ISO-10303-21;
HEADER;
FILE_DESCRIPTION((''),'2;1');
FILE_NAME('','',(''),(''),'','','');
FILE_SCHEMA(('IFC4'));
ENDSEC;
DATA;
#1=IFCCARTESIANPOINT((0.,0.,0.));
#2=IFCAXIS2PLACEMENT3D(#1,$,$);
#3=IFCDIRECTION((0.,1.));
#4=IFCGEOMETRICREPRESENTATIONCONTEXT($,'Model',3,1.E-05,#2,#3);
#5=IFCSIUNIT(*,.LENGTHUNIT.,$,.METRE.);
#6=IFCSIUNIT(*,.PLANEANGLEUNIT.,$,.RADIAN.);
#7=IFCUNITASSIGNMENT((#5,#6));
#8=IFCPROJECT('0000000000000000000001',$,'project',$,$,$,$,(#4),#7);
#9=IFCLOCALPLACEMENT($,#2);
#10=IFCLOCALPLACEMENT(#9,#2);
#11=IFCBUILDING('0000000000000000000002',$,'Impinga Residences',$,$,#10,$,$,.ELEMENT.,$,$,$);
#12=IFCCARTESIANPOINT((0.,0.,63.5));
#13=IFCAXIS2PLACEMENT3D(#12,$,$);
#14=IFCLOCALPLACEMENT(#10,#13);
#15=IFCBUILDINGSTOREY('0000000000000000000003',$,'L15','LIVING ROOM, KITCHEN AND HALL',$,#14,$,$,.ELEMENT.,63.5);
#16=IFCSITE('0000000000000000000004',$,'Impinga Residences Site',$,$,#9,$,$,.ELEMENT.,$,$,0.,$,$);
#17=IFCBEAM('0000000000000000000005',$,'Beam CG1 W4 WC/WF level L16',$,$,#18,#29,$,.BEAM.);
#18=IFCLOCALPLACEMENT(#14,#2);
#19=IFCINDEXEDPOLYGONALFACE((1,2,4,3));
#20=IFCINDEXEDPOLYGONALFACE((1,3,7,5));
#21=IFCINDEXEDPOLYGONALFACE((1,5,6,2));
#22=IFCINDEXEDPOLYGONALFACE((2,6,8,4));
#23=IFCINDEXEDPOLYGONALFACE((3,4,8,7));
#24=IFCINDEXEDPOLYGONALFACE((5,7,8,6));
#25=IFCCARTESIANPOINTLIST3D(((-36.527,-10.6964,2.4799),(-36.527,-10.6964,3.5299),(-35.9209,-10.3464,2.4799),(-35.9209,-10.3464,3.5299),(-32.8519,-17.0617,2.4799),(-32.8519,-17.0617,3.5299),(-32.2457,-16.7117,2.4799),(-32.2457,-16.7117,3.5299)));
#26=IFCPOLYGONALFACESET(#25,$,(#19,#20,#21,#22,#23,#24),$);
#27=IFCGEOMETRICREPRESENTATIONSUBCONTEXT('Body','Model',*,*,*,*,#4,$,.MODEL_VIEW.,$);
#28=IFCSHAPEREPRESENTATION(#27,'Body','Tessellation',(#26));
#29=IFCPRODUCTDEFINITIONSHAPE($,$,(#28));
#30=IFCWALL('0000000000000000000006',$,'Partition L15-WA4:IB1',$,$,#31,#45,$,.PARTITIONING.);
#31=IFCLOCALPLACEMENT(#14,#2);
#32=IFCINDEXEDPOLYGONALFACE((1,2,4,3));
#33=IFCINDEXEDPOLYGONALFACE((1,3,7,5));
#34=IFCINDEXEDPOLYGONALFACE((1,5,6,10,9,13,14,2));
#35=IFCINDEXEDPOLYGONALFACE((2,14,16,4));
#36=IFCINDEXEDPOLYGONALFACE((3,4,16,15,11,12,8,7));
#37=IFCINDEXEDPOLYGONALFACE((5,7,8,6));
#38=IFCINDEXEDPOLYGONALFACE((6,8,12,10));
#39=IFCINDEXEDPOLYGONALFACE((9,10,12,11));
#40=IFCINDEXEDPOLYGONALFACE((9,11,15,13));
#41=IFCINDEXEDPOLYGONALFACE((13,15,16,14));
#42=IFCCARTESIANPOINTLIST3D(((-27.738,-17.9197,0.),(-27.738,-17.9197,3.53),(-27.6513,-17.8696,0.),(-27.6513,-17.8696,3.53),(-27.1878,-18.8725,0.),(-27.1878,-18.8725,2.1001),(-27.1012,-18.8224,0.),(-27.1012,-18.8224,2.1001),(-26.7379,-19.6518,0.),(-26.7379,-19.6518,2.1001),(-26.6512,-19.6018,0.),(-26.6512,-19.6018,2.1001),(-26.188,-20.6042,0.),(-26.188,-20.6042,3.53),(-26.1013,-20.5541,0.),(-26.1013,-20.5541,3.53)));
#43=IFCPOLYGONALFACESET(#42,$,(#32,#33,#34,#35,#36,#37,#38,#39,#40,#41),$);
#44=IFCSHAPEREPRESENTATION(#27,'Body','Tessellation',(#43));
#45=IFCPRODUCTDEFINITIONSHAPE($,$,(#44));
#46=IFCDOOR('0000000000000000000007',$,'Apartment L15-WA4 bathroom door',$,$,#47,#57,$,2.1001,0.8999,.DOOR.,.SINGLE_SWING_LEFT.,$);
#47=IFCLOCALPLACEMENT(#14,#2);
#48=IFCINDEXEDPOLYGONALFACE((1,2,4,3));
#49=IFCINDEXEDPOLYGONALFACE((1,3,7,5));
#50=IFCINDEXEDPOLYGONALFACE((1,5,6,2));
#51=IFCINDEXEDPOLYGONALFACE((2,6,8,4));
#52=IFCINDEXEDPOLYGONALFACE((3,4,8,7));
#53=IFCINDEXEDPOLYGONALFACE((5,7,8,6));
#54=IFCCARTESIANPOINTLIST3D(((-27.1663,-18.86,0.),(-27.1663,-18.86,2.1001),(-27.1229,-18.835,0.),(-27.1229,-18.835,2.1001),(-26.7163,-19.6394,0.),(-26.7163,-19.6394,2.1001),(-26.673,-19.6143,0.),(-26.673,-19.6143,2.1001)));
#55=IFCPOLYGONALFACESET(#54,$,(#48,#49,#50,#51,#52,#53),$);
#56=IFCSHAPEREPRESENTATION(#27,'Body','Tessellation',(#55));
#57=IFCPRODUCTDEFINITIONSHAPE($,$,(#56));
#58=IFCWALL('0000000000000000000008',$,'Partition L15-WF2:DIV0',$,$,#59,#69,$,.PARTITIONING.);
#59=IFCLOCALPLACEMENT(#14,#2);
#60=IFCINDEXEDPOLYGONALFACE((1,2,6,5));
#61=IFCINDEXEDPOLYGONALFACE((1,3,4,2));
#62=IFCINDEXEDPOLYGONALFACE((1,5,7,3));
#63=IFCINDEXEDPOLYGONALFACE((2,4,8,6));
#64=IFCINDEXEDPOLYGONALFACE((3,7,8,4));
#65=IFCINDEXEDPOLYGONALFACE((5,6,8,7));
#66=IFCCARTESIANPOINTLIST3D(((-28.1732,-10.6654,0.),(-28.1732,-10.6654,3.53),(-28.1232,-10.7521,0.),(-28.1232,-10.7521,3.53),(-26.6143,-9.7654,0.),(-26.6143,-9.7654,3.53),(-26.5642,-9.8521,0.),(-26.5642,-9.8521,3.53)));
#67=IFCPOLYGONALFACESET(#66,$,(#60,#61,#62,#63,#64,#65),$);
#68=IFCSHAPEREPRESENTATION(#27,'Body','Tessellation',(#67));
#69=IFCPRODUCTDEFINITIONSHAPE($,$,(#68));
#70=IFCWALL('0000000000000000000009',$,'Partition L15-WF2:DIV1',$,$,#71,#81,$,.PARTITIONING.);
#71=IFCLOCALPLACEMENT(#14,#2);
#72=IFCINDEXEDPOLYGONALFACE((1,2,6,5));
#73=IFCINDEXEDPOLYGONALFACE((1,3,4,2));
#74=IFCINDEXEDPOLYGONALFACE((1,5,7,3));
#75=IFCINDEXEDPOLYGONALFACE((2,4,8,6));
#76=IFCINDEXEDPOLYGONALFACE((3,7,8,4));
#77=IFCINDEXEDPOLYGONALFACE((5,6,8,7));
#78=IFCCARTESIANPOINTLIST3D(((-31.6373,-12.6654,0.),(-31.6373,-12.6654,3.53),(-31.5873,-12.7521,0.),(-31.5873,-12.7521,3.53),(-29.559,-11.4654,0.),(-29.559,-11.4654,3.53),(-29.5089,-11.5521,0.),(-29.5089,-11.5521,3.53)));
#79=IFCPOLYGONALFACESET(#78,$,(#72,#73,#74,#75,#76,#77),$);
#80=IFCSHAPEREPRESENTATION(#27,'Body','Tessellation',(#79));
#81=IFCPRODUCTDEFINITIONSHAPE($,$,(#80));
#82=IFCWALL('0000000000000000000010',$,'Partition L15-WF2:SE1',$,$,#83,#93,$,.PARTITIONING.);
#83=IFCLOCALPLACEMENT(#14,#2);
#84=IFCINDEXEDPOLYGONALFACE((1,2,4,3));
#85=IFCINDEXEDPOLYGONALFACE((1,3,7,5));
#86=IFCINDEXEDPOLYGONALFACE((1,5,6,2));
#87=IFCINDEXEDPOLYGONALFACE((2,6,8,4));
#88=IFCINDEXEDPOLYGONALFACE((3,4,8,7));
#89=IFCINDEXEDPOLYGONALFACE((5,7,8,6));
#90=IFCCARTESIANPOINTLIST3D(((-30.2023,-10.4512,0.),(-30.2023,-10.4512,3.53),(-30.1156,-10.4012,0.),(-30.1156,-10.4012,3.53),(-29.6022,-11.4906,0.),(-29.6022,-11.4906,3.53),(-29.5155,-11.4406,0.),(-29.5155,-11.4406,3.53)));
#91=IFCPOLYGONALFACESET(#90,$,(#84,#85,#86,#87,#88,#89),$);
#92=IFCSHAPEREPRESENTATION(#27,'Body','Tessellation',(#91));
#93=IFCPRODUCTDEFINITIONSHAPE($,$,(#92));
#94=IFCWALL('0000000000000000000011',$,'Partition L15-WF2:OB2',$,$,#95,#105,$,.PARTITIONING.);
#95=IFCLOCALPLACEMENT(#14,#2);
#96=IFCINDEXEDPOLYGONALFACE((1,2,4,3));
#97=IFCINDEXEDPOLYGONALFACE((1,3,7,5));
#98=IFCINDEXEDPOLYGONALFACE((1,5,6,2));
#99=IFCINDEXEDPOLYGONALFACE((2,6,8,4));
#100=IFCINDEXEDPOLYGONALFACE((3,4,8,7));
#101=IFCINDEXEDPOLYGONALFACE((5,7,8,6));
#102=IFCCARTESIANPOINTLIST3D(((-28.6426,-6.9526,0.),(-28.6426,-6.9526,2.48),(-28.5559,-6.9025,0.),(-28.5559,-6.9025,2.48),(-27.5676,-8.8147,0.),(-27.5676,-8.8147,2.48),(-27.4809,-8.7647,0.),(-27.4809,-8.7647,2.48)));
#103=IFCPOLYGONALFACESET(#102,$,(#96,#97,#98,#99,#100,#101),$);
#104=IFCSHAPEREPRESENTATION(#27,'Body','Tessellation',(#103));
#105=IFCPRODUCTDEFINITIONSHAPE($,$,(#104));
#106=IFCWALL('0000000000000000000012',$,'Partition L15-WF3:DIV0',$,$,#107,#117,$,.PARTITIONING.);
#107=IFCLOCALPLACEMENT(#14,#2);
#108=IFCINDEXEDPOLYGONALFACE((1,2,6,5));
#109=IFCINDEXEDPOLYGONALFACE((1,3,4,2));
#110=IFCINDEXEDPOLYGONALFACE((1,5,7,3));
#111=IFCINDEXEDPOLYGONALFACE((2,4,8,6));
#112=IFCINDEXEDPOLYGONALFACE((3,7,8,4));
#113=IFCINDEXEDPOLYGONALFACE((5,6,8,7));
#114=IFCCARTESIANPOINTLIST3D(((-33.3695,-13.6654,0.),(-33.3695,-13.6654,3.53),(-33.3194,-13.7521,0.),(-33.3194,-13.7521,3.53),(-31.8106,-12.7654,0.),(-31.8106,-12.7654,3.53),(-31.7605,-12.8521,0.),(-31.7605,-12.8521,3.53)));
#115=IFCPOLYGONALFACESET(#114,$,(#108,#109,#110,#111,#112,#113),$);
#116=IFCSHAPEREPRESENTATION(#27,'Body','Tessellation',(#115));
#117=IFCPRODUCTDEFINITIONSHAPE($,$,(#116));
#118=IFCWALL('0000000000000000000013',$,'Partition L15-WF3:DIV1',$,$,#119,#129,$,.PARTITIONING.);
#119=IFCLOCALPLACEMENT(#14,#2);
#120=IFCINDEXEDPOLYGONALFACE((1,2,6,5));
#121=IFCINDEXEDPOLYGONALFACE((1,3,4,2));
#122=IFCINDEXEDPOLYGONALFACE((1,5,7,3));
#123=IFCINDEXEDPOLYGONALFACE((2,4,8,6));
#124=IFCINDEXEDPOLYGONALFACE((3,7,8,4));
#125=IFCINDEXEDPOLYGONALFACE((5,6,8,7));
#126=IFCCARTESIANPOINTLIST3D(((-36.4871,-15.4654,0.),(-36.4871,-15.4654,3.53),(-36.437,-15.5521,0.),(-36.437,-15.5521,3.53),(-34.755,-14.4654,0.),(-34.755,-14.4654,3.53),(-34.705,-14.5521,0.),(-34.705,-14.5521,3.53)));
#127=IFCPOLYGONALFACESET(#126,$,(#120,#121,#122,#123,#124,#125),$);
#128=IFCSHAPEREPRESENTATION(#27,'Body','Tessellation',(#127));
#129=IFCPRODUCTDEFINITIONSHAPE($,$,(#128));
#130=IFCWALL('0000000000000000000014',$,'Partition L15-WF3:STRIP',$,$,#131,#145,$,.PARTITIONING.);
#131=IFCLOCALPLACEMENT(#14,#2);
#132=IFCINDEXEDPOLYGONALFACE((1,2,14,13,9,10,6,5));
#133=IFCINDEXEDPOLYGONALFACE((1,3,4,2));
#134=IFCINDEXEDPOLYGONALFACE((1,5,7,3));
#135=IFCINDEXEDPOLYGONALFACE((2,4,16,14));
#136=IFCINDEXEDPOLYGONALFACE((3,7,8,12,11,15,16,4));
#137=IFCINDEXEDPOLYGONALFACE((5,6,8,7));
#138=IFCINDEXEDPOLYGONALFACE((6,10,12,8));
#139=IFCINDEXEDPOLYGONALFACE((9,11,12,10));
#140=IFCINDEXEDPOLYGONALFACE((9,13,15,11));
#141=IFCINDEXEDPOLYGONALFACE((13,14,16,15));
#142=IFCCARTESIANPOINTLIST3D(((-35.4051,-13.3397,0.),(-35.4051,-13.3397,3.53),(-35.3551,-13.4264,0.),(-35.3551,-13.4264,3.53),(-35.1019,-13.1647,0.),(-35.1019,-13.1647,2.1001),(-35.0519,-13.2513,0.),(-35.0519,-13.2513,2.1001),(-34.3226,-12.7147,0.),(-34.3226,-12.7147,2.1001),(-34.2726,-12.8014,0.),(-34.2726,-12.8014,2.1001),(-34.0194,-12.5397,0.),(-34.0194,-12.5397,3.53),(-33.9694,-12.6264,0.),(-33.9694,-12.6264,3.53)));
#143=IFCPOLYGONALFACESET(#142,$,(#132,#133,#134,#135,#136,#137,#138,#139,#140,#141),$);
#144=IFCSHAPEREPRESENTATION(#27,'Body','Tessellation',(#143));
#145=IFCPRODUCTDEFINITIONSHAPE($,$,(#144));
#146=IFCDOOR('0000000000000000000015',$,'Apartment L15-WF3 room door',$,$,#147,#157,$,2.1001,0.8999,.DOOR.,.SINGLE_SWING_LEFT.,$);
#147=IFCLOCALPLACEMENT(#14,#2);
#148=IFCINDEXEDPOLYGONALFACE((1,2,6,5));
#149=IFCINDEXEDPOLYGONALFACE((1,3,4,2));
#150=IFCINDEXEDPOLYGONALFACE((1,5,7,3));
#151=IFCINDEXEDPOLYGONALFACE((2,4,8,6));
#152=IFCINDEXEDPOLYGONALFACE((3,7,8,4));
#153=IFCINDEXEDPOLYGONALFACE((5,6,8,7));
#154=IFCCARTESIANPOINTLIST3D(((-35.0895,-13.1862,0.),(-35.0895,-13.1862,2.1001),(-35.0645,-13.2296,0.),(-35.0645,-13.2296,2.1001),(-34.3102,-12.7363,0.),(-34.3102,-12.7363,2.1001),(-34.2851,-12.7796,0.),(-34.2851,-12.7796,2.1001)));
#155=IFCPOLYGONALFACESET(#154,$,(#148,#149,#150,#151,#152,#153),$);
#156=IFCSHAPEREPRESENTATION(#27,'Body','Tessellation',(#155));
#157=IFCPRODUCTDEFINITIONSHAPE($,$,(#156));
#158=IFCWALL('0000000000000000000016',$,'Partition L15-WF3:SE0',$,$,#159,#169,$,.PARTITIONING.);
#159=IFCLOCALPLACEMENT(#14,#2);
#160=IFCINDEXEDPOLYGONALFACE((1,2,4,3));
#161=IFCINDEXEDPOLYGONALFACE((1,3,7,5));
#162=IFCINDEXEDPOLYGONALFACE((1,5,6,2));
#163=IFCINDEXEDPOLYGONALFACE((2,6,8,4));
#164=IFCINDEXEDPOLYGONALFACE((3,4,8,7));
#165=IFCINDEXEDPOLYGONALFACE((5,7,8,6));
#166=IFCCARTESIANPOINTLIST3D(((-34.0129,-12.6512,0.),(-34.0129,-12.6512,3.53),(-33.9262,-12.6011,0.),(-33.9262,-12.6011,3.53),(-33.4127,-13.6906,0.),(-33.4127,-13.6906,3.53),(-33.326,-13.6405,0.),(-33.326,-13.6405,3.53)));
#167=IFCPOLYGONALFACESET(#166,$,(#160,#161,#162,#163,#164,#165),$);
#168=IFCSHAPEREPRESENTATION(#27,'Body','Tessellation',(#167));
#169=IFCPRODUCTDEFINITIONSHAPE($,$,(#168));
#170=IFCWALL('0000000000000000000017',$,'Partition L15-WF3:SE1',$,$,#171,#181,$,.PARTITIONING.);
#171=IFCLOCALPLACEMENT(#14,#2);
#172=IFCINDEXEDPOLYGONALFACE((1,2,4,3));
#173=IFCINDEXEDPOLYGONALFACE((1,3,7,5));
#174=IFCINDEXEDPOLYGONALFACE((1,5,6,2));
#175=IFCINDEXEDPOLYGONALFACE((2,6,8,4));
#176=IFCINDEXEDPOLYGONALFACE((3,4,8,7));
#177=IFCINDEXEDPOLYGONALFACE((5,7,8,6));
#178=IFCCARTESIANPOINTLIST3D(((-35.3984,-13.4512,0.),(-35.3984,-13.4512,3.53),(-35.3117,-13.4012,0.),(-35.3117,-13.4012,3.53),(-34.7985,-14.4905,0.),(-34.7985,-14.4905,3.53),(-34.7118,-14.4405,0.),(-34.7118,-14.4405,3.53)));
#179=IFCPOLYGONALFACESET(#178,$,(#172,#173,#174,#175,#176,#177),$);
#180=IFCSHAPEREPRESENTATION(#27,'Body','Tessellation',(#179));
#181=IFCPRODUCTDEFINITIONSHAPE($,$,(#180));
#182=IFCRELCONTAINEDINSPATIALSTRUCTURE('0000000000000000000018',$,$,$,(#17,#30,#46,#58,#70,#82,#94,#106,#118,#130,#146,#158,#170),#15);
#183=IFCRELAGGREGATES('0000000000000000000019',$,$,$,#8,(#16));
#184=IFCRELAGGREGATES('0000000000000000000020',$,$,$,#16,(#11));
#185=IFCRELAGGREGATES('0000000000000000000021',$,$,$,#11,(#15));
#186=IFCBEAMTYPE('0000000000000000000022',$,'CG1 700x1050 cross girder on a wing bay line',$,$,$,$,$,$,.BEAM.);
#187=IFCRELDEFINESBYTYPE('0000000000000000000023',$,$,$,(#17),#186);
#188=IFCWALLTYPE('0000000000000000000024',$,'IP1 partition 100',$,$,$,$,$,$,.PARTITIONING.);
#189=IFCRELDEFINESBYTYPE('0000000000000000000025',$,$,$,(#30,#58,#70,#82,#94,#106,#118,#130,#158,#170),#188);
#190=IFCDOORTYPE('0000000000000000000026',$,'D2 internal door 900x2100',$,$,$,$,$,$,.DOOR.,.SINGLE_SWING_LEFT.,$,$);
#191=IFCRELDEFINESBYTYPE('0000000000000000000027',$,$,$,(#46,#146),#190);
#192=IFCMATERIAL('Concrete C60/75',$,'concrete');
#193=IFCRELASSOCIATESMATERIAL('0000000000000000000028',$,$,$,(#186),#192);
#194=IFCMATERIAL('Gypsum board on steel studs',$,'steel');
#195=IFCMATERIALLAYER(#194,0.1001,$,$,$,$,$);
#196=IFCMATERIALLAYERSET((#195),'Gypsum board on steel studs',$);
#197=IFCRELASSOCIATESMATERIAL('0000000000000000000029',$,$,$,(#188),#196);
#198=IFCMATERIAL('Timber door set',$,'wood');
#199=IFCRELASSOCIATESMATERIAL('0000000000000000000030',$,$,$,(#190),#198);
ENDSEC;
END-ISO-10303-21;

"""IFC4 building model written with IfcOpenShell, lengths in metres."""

from ifc_helpers import new_model, si_unit, direction, frame, frame_2d, origin, origin_2d, place, context, subcontext, project, spatial, rectangle, extrude, material, layer, layer_set, material_profile, profile_set, type_object, element, fill, save


model = new_model("IFC4")

# Units and contexts
model_context = context("Model", 3, precision=1e-05, world=origin(), true_north=direction((0.0, 1.0)))
body_context = subcontext(model_context, "Body", "Model", "MODEL_VIEW")
ifc_project = project(units=[si_unit("LENGTHUNIT", "METRE"), si_unit("PLANEANGLEUNIT", "RADIAN")], contexts=[model_context])

# Site, building, storey
site_placement = place(None, origin())
site = spatial("IfcSite", under=ifc_project, at=site_placement, Name="Impinga Residences Site", CompositionType="ELEMENT", RefElevation=0.0)
building_placement = place(site_placement, origin())
building = spatial("IfcBuilding", under=site, at=building_placement, Name="Impinga Residences", CompositionType="ELEMENT")
storey_placement = place(building_placement, frame((0.0, 0.0, 63.5)))
storey = spatial("IfcBuildingStorey", under=building, at=storey_placement, Name="L15", Description="LIVING ROOM, KITCHEN AND HALL", CompositionType="ELEMENT", Elevation=63.5)

# Beam
ifc_material_1 = material(Name="Concrete C60/75", Category="concrete")
ifc_material_profile = material_profile(ifc_material_1, rectangle(XDim=0.7, YDim=1.05, at=origin_2d()), Name="RC 700x1050")
ifc_profile_set = profile_set([ifc_material_profile], Name="Concrete C60/75")
beam_type = type_object("IfcBeamType", Name="CG1 700x1050 cross girder on a wing bay line", PredefinedType="BEAM", material=ifc_profile_set)
beam_placement = place(storey_placement, frame((-32.5488, -16.8867, 3.0049), z_axis=(-0.500008, 0.866021, 0.0), x_axis=(-0.866021, -0.500008, 0.0)))
element("IfcBeam", 1, at=beam_placement, inside=storey, type_object=beam_type, Name="Beam CG1 W4 WC/WF level L16", PredefinedType="BEAM", context=body_context, shape_type="SweptSolid", body=[
    extrude(rectangle(XDim=0.7, YDim=1.05, at=origin_2d()), origin(), (0.0, 0.0, 1.0), 7.3501),
])

# Wall, opening, door
ifc_material_2 = material(Name="Gypsum board on steel studs", Category="steel")
ifc_layer_1 = layer(ifc_material_2, 0.1001)
ifc_layer_set_1 = layer_set([ifc_layer_1], Name="Gypsum board on steel studs")
wall_type_1 = type_object("IfcWallType", Name="IP1 partition 100", PredefinedType="PARTITIONING", material=ifc_layer_set_1)
wall_1_placement = place(storey_placement, frame((-27.6946, -17.8948, 0.0), z_axis=(0.0, 0.0, 1.0), x_axis=(0.500027, -0.86601, 0.0)))
wall_1 = element("IfcWall", 2, at=wall_1_placement, inside=storey, type_object=wall_type_1, Name="Partition L15-WA4:IB1", PredefinedType="PARTITIONING", context=body_context, shape_type="SweptSolid", body=[
    extrude(rectangle(XDim=3.0999, YDim=0.1001, at=frame_2d((1.5498, 0.0))), origin(), (0.0, 0.0, 1.0), 3.53),
])
opening_1_placement = place(wall_1_placement, frame((1.1001, 0.0, 0.0)))
opening_1 = element("IfcOpeningElement", 3, at=opening_1_placement, cuts=wall_1, PredefinedType="OPENING", context=body_context, shape_type="SweptSolid", body=[
    extrude(rectangle(XDim=0.8999, YDim=2.1001, at=frame_2d((0.45, 1.05))), frame((0.0, 0.0601, 0.0), z_axis=(0.0, -1.0, 0.0), x_axis=(1.0, 0.0, 0.0)), (0.0, 0.0, 1.0), 0.1201),
])
ifc_material_3 = material(Name="Timber door set", Category="wood")
door_type = type_object("IfcDoorType", Name="D2 internal door 900x2100", OperationType="SINGLE_SWING_LEFT", PredefinedType="DOOR", material=ifc_material_3)
door_1_placement = place(opening_1_placement, origin())
door_1 = element("IfcDoor", 4, at=door_1_placement, inside=storey, type_object=door_type, Name="Apartment L15-WA4 bathroom door", OperationType="SINGLE_SWING_LEFT", OverallHeight=2.1001, OverallWidth=0.8999, PredefinedType="DOOR", context=body_context, shape_type="SweptSolid", body=[
    extrude(rectangle(XDim=0.8999, YDim=2.1001, at=frame_2d((0.45, 1.05))), frame((0.0, 0.0249, 0.0), z_axis=(0.0, -1.0, 0.0), x_axis=(1.0, 0.0, 0.0)), (0.0, 0.0, 1.0), 0.05),
])
fill(opening_1, door_1)

# Walls
wall_2_placement = place(storey_placement, frame((-26.5894, -9.8088, 0.0), z_axis=(0.0, 0.0, 1.0), x_axis=(-0.866048, -0.499961, 0.0)))
element("IfcWall", 5, at=wall_2_placement, inside=storey, type_object=wall_type_1, Name="Partition L15-WF2:DIV0", PredefinedType="PARTITIONING", context=body_context, shape_type="SweptSolid", body=[
    extrude(rectangle(XDim=1.8, YDim=0.1001, at=frame_2d((0.8999, 0.0))), origin(), (0.0, 0.0, 1.0), 3.53),
])
wall_3_placement = place(storey_placement, frame((-29.5339, -11.5088, 0.0), z_axis=(0.0, 0.0, 1.0), x_axis=(-0.866025, -0.500001, 0.0)))
element("IfcWall", 6, at=wall_3_placement, inside=storey, type_object=wall_type_1, Name="Partition L15-WF2:DIV1", PredefinedType="PARTITIONING", context=body_context, shape_type="SweptSolid", body=[
    extrude(rectangle(XDim=2.3999, YDim=0.1001, at=frame_2d((1.2, 0.0))), origin(), (0.0, 0.0, 1.0), 3.53),
])
wall_4_placement = place(storey_placement, frame((-29.5588, -11.4656, 0.0), z_axis=(0.0, 0.0, 1.0), x_axis=(-0.500034, 0.866006, 0.0)))
element("IfcWall", 7, at=wall_4_placement, inside=storey, type_object=wall_type_1, Name="Partition L15-WF2:SE1", PredefinedType="PARTITIONING", context=body_context, shape_type="SweptSolid", body=[
    extrude(rectangle(XDim=1.2002, YDim=0.1001, at=frame_2d((0.6001, 0.0))), origin(), (0.0, 0.0, 1.0), 3.53),
])
wall_5_placement = place(storey_placement, frame((-27.5242, -8.7898, 0.0), z_axis=(0.0, 0.0, 1.0), x_axis=(-0.499962, 0.866048, 0.0)))
element("IfcWall", 8, at=wall_5_placement, inside=storey, type_object=wall_type_1, Name="Partition L15-WF2:OB2", PredefinedType="PARTITIONING", context=body_context, shape_type="SweptSolid", body=[
    extrude(rectangle(XDim=2.1501, YDim=0.1001, at=frame_2d((1.0752, 0.0))), origin(), (0.0, 0.0, 1.0), 2.48),
])
wall_6_placement = place(storey_placement, frame((-31.7856, -12.8088, 0.0), z_axis=(0.0, 0.0, 1.0), x_axis=(-0.866048, -0.499961, 0.0)))
element("IfcWall", 9, at=wall_6_placement, inside=storey, type_object=wall_type_1, Name="Partition L15-WF3:DIV0", PredefinedType="PARTITIONING", context=body_context, shape_type="SweptSolid", body=[
    extrude(rectangle(XDim=1.8, YDim=0.1001, at=frame_2d((0.8999, 0.0))), origin(), (0.0, 0.0, 1.0), 3.53),
])
wall_7_placement = place(storey_placement, frame((-34.73, -14.5088, 0.0), z_axis=(0.0, 0.0, 1.0), x_axis=(-0.866041, -0.499973, 0.0)))
element("IfcWall", 10, at=wall_7_placement, inside=storey, type_object=wall_type_1, Name="Partition L15-WF3:DIV1", PredefinedType="PARTITIONING", context=body_context, shape_type="SweptSolid", body=[
    extrude(rectangle(XDim=2.0, YDim=0.1001, at=frame_2d((1.0, 0.0))), origin(), (0.0, 0.0, 1.0), 3.53),
])

# Wall, opening, door
wall_8_placement = place(storey_placement, frame((-33.9944, -12.583, 0.0), z_axis=(0.0, 0.0, 1.0), x_axis=(-0.866028, -0.499995, 0.0)))
wall_8 = element("IfcWall", 11, at=wall_8_placement, inside=storey, type_object=wall_type_1, Name="Partition L15-WF3:STRIP", PredefinedType="PARTITIONING", context=body_context, shape_type="SweptSolid", body=[
    extrude(rectangle(XDim=1.6001, YDim=0.1001, at=frame_2d((0.8, 0.0))), origin(), (0.0, 0.0, 1.0), 3.53),
])
opening_2_placement = place(wall_8_placement, frame((0.3501, 0.0, 0.0)))
opening_2 = element("IfcOpeningElement", 12, at=opening_2_placement, cuts=wall_8, PredefinedType="OPENING", context=body_context, shape_type="SweptSolid", body=[
    extrude(rectangle(XDim=0.8999, YDim=2.1001, at=frame_2d((0.45, 1.05))), frame((0.0, 0.0601, 0.0), z_axis=(0.0, -1.0, 0.0), x_axis=(1.0, 0.0, 0.0)), (0.0, 0.0, 1.0), 0.1201),
])
door_2_placement = place(opening_2_placement, origin())
door_2 = element("IfcDoor", 13, at=door_2_placement, inside=storey, type_object=door_type, Name="Apartment L15-WF3 room door", OperationType="SINGLE_SWING_LEFT", OverallHeight=2.1001, OverallWidth=0.8999, PredefinedType="DOOR", context=body_context, shape_type="SweptSolid", body=[
    extrude(rectangle(XDim=0.8999, YDim=2.1001, at=frame_2d((0.45, 1.05))), frame((0.0, 0.0249, 0.0), z_axis=(0.0, -1.0, 0.0), x_axis=(1.0, 0.0, 0.0)), (0.0, 0.0, 1.0), 0.05),
])
fill(opening_2, door_2)

# Walls
wall_9_placement = place(storey_placement, frame((-33.3694, -13.6655, 0.0), z_axis=(0.0, 0.0, 1.0), x_axis=(-0.500034, 0.866006, 0.0)))
element("IfcWall", 14, at=wall_9_placement, inside=storey, type_object=wall_type_1, Name="Partition L15-WF3:SE0", PredefinedType="PARTITIONING", context=body_context, shape_type="SweptSolid", body=[
    extrude(rectangle(XDim=1.2002, YDim=0.1001, at=frame_2d((0.6001, 0.0))), origin(), (0.0, 0.0, 1.0), 3.53),
])
wall_10_placement = place(storey_placement, frame((-34.7551, -14.4656, 0.0), z_axis=(0.0, 0.0, 1.0), x_axis=(-0.499881, 0.866094, 0.0)))
element("IfcWall", 15, at=wall_10_placement, inside=storey, type_object=wall_type_1, Name="Partition L15-WF3:SE1", PredefinedType="PARTITIONING", context=body_context, shape_type="SweptSolid", body=[
    extrude(rectangle(XDim=1.2, YDim=0.1001, at=frame_2d((0.6001, 0.0))), origin(), (0.0, 0.0, 1.0), 3.53),
])

save(model, "model.ifc")
